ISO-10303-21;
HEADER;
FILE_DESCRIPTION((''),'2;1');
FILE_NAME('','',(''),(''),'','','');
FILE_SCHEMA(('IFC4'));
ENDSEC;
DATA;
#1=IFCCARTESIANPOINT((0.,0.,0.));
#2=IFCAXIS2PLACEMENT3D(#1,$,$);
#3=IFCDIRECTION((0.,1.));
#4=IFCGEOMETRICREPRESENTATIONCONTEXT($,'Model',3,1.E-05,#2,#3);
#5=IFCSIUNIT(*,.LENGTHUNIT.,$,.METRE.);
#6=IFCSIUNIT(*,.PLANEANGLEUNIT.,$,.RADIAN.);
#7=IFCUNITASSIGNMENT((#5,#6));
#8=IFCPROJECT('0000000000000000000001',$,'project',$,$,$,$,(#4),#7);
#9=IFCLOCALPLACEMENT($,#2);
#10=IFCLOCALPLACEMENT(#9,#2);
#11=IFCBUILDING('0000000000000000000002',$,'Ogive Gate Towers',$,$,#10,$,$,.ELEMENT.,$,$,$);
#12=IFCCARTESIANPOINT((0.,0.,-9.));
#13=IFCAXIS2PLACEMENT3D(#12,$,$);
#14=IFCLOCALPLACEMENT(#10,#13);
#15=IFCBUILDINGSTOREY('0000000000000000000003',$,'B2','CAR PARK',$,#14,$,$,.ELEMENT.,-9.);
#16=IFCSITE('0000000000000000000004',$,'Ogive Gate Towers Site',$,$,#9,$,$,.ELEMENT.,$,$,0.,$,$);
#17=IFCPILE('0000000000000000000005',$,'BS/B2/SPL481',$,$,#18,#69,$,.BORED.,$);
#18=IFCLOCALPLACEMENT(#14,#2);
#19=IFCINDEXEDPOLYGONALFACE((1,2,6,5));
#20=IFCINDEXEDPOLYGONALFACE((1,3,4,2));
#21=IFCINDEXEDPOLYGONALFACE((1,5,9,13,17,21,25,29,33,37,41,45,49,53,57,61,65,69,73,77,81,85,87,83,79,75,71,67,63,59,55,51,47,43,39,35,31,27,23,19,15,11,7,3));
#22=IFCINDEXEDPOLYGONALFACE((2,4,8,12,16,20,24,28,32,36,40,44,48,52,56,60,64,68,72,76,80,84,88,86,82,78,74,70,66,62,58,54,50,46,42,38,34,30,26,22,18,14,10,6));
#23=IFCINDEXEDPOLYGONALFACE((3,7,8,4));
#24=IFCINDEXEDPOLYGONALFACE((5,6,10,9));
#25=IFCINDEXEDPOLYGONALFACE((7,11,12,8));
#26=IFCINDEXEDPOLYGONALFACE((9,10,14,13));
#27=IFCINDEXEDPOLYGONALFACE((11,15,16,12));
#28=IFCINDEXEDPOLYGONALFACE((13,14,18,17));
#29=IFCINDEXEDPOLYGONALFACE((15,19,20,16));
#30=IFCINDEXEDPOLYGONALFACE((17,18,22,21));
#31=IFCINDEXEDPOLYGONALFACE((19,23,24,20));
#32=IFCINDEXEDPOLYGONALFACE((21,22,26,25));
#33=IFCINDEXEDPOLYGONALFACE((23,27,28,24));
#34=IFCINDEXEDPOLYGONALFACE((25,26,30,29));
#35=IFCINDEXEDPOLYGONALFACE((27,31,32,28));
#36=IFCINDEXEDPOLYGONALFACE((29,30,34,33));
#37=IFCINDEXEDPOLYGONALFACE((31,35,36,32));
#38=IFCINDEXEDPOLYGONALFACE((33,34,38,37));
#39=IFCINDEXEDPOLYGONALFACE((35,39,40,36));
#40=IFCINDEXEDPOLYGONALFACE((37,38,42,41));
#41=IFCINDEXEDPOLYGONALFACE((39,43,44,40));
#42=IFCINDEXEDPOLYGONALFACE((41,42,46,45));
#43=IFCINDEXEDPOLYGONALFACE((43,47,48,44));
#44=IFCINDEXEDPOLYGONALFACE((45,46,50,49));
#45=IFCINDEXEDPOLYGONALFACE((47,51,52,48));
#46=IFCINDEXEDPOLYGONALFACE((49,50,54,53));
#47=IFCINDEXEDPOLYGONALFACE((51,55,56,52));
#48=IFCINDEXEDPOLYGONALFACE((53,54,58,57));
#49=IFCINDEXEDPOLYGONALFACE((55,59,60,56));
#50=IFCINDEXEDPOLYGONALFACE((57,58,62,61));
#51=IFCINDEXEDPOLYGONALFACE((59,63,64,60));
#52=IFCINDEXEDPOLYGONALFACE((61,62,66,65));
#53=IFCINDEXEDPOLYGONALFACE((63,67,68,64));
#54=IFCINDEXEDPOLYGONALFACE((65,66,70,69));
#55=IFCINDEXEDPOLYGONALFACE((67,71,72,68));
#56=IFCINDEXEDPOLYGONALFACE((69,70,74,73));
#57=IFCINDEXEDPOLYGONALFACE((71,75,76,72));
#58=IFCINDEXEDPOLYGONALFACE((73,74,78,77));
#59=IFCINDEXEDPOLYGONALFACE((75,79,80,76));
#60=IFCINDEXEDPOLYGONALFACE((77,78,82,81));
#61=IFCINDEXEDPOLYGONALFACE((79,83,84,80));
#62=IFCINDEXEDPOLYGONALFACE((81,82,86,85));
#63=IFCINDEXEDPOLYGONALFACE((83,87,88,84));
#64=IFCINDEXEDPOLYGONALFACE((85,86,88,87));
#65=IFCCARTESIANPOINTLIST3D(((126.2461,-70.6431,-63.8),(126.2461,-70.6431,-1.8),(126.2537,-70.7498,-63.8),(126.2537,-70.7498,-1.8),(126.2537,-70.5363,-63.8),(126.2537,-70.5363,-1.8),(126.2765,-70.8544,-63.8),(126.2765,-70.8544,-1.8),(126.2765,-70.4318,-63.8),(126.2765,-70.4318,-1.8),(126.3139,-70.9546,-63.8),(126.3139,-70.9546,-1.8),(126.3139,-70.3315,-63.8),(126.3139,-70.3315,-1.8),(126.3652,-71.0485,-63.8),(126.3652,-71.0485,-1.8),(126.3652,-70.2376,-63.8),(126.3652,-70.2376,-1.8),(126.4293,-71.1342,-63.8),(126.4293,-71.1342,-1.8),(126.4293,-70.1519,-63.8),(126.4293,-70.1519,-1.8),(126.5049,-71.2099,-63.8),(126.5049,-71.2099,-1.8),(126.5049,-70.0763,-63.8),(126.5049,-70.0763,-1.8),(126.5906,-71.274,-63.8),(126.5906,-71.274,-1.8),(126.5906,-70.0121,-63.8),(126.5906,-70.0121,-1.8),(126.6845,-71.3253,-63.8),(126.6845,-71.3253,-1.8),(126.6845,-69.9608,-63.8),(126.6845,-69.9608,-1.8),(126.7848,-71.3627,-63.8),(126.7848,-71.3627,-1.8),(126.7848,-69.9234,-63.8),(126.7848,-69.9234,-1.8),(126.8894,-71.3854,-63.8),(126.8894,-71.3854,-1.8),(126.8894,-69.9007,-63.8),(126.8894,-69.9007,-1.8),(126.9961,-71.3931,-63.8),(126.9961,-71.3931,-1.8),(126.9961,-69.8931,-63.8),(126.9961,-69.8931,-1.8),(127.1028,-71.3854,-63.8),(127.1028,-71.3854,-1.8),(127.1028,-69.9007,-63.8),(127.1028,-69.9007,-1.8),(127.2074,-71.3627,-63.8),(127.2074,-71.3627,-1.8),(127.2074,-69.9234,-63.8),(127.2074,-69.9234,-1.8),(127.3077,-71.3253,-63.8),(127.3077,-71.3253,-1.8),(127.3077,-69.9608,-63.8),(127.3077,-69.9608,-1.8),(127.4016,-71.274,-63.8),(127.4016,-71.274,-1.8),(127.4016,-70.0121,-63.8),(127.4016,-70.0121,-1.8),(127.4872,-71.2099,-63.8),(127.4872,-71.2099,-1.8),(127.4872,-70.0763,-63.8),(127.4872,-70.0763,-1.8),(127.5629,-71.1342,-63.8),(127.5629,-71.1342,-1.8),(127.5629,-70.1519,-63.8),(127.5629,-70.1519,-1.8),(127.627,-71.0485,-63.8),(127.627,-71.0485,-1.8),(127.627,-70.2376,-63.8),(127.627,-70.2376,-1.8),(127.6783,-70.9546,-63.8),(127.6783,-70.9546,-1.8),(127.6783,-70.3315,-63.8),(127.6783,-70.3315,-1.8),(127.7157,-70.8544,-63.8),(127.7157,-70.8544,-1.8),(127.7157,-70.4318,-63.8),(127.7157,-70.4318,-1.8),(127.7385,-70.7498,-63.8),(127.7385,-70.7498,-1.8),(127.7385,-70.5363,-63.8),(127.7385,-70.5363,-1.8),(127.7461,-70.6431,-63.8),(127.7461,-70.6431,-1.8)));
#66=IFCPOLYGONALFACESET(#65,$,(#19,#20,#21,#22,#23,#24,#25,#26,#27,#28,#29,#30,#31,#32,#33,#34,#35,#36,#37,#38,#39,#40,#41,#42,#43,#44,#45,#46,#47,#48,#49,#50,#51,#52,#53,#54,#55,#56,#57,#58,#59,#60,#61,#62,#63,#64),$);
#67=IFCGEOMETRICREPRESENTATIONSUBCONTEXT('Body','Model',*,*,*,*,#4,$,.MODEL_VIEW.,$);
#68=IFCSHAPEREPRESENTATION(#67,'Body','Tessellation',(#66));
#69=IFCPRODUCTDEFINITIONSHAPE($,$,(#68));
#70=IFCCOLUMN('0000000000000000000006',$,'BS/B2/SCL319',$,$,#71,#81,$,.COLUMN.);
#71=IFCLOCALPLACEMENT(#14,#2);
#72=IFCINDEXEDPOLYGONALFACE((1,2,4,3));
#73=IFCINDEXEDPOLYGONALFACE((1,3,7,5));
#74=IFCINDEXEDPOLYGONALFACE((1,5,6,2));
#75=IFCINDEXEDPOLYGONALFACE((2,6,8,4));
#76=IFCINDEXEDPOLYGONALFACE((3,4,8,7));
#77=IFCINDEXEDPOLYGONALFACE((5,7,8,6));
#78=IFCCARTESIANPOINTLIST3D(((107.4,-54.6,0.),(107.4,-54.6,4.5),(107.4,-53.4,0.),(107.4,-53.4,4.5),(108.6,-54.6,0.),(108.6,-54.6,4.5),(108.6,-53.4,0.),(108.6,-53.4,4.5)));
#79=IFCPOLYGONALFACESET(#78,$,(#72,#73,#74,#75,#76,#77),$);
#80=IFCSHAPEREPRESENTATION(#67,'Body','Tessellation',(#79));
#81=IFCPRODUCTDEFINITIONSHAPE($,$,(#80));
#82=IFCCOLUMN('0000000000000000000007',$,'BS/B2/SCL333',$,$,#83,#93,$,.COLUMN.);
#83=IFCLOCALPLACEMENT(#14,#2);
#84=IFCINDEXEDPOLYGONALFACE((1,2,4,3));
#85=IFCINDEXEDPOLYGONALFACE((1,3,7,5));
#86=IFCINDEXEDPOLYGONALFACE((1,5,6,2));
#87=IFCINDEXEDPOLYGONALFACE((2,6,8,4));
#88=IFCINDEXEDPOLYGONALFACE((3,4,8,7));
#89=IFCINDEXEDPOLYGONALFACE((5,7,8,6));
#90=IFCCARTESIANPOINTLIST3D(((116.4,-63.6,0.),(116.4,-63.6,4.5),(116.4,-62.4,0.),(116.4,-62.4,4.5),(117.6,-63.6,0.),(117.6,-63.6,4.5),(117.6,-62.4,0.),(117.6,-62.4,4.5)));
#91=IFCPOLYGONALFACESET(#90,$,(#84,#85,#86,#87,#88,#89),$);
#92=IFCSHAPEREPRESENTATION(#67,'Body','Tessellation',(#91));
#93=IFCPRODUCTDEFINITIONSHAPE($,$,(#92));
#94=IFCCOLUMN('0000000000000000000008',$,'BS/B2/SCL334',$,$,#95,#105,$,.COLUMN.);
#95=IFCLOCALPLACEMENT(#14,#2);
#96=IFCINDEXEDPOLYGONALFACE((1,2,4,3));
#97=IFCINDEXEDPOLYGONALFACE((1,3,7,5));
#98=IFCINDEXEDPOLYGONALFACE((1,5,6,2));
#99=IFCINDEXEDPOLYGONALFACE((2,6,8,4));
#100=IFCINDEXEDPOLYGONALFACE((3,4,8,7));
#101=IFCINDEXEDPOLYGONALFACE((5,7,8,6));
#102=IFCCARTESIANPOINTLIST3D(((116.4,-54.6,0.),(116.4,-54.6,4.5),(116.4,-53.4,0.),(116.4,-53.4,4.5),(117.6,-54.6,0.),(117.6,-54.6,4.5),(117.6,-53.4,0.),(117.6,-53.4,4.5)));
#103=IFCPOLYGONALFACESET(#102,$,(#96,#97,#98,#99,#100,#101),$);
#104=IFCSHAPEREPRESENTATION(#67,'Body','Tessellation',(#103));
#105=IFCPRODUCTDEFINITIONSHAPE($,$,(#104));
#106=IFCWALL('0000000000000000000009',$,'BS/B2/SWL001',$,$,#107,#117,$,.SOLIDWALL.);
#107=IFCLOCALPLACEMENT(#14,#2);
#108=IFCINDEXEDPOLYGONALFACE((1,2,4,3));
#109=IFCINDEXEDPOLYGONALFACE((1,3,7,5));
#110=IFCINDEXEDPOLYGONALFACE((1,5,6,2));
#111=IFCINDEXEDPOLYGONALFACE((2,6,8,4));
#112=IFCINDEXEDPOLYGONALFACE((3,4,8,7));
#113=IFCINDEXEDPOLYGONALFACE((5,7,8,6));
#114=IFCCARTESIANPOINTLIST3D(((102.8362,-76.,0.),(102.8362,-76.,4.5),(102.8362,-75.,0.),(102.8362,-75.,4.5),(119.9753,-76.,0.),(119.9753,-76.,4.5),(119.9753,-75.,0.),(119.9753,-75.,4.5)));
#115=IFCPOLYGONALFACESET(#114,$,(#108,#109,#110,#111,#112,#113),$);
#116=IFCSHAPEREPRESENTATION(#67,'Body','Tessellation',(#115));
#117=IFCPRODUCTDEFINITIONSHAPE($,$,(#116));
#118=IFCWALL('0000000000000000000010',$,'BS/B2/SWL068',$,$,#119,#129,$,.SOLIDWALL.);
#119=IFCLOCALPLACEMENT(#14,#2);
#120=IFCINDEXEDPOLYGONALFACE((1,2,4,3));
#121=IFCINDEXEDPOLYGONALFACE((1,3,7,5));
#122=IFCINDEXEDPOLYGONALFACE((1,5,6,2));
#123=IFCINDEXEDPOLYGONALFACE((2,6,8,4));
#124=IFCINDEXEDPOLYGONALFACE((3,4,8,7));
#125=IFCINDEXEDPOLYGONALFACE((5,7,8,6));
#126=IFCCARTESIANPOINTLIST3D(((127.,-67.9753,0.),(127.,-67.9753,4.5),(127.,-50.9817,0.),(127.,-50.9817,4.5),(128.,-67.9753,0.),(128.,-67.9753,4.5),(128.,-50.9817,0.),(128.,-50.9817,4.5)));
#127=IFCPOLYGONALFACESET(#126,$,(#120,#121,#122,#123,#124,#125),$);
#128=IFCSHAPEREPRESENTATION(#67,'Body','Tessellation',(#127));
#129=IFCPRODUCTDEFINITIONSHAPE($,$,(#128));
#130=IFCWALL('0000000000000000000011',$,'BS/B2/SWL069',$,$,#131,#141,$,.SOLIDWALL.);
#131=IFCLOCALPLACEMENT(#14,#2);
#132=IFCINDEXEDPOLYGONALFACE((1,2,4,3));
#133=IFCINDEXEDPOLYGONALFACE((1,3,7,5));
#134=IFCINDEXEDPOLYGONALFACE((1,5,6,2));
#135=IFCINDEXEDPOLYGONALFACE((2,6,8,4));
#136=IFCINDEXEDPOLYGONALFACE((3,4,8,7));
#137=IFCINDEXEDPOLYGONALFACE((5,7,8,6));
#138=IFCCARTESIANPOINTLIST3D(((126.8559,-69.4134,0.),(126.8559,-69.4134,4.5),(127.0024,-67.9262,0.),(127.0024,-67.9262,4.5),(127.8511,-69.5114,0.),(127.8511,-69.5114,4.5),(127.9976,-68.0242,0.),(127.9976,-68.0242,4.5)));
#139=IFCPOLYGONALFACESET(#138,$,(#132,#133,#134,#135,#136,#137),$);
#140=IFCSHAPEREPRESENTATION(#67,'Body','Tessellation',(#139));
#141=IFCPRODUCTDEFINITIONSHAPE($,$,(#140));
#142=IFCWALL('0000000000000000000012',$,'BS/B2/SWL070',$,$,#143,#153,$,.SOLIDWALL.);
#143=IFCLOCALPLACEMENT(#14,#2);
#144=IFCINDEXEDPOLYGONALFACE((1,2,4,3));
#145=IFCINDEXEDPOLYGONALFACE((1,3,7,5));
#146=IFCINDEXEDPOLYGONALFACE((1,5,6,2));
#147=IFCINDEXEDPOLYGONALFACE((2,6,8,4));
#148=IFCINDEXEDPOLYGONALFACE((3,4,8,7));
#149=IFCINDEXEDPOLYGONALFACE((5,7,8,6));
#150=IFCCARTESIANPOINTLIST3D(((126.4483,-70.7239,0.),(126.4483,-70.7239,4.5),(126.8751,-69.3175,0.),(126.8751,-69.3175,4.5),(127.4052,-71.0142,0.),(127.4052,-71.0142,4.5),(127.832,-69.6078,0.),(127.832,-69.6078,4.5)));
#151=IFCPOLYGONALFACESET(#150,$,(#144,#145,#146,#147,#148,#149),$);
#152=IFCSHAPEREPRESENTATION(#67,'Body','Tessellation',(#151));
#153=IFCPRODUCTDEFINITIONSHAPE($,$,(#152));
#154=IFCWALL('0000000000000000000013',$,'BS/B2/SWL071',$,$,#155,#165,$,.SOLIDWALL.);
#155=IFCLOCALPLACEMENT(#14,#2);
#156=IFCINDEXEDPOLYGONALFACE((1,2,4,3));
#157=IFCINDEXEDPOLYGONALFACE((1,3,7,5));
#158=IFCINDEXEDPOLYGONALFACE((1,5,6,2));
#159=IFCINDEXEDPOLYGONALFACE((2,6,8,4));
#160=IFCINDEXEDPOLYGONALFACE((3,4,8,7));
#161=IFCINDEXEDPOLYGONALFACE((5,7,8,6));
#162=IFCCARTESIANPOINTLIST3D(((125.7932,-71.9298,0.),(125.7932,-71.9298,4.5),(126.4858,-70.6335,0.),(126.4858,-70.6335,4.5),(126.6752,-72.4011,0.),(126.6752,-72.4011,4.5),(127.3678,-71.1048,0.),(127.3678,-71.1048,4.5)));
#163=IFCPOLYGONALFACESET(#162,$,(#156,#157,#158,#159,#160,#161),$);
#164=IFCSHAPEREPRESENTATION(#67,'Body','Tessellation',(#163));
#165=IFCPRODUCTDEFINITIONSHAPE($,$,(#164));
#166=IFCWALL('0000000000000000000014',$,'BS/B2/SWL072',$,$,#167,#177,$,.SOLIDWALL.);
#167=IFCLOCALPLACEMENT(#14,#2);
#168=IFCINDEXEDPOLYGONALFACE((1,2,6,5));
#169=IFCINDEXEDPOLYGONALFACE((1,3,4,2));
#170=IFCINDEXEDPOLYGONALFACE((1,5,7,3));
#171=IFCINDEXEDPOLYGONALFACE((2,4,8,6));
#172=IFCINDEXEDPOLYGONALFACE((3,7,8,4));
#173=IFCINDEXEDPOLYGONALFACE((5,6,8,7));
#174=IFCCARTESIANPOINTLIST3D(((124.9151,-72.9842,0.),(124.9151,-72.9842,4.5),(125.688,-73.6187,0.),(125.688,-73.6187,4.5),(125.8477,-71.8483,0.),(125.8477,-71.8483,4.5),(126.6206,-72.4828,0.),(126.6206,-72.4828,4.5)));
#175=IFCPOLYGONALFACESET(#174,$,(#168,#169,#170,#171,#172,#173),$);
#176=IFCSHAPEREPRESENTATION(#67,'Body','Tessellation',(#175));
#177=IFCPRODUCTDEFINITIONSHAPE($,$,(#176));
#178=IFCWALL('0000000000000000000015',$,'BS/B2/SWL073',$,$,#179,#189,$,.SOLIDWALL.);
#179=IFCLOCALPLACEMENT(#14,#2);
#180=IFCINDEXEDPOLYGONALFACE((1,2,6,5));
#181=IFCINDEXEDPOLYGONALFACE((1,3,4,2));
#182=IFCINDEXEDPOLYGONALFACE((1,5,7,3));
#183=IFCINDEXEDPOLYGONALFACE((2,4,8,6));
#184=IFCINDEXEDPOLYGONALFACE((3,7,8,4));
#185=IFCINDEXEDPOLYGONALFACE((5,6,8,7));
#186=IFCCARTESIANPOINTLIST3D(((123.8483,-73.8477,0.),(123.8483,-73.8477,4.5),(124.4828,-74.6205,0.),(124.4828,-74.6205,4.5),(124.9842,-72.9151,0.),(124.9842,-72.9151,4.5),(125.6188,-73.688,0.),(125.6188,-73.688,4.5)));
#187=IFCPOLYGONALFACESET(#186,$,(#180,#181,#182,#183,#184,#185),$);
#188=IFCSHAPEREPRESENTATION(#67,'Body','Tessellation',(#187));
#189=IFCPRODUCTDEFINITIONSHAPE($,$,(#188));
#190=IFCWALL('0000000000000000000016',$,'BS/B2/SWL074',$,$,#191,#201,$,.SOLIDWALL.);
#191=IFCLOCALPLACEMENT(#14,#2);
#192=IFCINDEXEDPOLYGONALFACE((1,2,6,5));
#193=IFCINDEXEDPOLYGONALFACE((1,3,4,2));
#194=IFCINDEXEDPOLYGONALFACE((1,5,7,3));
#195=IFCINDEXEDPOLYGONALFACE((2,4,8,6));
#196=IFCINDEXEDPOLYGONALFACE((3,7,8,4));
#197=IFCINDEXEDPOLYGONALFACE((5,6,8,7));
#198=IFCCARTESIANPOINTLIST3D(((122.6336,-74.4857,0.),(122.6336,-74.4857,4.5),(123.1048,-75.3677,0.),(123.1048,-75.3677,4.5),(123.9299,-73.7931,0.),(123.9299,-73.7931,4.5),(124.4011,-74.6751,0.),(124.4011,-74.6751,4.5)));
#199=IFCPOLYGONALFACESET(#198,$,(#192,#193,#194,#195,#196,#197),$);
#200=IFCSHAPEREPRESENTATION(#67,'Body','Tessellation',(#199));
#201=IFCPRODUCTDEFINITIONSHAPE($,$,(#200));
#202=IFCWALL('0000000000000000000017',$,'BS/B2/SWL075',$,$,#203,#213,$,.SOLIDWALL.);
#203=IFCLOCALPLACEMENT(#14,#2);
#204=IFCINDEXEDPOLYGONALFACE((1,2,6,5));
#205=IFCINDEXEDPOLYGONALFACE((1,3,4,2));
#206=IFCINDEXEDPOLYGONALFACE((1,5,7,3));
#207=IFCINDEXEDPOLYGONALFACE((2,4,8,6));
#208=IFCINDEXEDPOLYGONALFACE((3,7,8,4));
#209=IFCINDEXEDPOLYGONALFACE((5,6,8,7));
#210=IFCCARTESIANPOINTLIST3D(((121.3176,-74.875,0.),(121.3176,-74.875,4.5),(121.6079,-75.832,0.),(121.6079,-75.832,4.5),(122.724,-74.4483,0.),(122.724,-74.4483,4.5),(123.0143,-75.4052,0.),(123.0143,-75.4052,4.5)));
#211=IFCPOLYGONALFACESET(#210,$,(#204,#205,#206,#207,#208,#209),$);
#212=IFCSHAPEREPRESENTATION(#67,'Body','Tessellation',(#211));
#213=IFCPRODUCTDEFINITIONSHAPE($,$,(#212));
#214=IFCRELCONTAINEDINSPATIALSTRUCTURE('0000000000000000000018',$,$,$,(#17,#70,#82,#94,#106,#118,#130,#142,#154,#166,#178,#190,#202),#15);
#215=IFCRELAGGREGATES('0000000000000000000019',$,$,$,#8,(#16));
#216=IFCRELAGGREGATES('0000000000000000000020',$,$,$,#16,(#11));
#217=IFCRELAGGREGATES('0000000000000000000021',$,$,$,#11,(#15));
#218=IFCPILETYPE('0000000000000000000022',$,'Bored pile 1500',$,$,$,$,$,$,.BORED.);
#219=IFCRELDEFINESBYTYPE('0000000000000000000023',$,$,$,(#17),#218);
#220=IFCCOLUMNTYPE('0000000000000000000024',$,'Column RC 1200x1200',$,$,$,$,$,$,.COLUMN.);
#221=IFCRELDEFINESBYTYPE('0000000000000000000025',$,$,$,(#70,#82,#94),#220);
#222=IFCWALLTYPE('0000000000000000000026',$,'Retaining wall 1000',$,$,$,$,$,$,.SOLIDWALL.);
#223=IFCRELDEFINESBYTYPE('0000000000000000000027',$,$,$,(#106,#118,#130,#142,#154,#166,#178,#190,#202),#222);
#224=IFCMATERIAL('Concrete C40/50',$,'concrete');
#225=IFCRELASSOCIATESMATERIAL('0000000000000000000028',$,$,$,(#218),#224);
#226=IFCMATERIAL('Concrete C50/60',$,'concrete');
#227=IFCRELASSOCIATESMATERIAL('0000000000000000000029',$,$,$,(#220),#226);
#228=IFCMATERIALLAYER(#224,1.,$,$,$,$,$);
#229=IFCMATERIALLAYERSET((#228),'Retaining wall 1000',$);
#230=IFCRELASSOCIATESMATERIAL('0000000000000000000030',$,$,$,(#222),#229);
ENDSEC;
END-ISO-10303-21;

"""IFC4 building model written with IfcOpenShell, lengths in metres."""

from ifc_helpers import new_model, si_unit, direction, frame, frame_2d, origin, origin_2d, place, context, subcontext, project, spatial, rectangle, circle, extrude, material, layer, layer_set, material_profile, profile_set, type_object, element, save


model = new_model("IFC4")

# Units and contexts
model_context = context("Model", 3, precision=1e-05, world=origin(), true_north=direction((0.0, 1.0)))
body_context = subcontext(model_context, "Body", "Model", "MODEL_VIEW")
ifc_project = project(units=[si_unit("LENGTHUNIT", "METRE"), si_unit("PLANEANGLEUNIT", "RADIAN")], contexts=[model_context])

# Site, building, storey
site_placement = place(None, origin())
site = spatial("IfcSite", under=ifc_project, at=site_placement, Name="Ogive Gate Towers Site", CompositionType="ELEMENT", RefElevation=0.0)
building_placement = place(site_placement, origin())
building = spatial("IfcBuilding", under=site, at=building_placement, Name="Ogive Gate Towers", CompositionType="ELEMENT")
storey_placement = place(building_placement, frame((0.0, 0.0, -9.0)))
storey = spatial("IfcBuildingStorey", under=building, at=storey_placement, Name="B2", Description="CAR PARK", CompositionType="ELEMENT", Elevation=-9.0)

# Pile
ifc_material_1 = material(Name="Concrete C40/50", Category="concrete")
ifc_material_profile_1 = material_profile(ifc_material_1, circle(Radius=0.75, at=origin_2d()), Name="BP 1500")
ifc_profile_set_1 = profile_set([ifc_material_profile_1], Name="Concrete C40/50")
pile_type = type_object("IfcPileType", Name="Bored pile 1500", PredefinedType="BORED", material=ifc_profile_set_1)
for number, where, z_axis, x_axis, name in (
    (1, (126.9961, -70.6431, -1.8), (0.0, 0.0, -1.0), (1.0, 0.0, 0.0), "BS/B2/SPL481"),
):
    element("IfcPile", number, at=place(storey_placement, frame(where, z_axis=z_axis, x_axis=x_axis)), inside=storey, type_object=pile_type, Name=name, PredefinedType="BORED", context=body_context, shape_type="SweptSolid", body=[
        extrude(circle(Radius=0.75, at=origin_2d()), origin(), (0.0, 0.0, 1.0), 62.0),
    ])

# Columns
ifc_material_2 = material(Name="Concrete C50/60", Category="concrete")
ifc_material_profile_2 = material_profile(ifc_material_2, rectangle(XDim=1.2, YDim=1.2, at=origin_2d()), Name="RC 1200x1200")
ifc_profile_set_2 = profile_set([ifc_material_profile_2], Name="Concrete C50/60")
column_type = type_object("IfcColumnType", Name="Column RC 1200x1200", PredefinedType="COLUMN", material=ifc_profile_set_2)
for number, where, z_axis, x_axis, name in (
    (2, (108.0, -54.0, 0.0), (0.0, 0.0, 1.0), (1.0, 0.0, 0.0), "BS/B2/SCL319"),
    (3, (117.0, -63.0, 0.0), (0.0, 0.0, 1.0), (1.0, 0.0, 0.0), "BS/B2/SCL333"),
    (4, (117.0, -54.0, 0.0), (0.0, 0.0, 1.0), (1.0, 0.0, 0.0), "BS/B2/SCL334"),
):
    element("IfcColumn", number, at=place(storey_placement, frame(where, z_axis=z_axis, x_axis=x_axis)), inside=storey, type_object=column_type, Name=name, PredefinedType="COLUMN", context=body_context, shape_type="SweptSolid", body=[
        extrude(rectangle(XDim=1.2, YDim=1.2, at=origin_2d()), origin(), (0.0, 0.0, 1.0), 4.5),
    ])

# Walls
ifc_layer = layer(ifc_material_1, 1.0)
ifc_layer_set = layer_set([ifc_layer], Name="Retaining wall 1000")
wall_type = type_object("IfcWallType", Name="Retaining wall 1000", PredefinedType="SOLIDWALL", material=ifc_layer_set)
wall_1_placement = place(storey_placement, frame((119.9753, -75.5, 0.0), z_axis=(0.0, 0.0, 1.0), x_axis=(-1.0, 0.0, 0.0)))
element("IfcWall", 5, at=wall_1_placement, inside=storey, type_object=wall_type, Name="BS/B2/SWL001", PredefinedType="SOLIDWALL", context=body_context, shape_type="SweptSolid", body=[
    extrude(rectangle(XDim=17.1392, YDim=1.0, at=frame_2d((8.5696, 0.0))), origin(), (0.0, 0.0, 1.0), 4.5),
])
wall_2_placement = place(storey_placement, frame((127.5, -50.9817, 0.0), z_axis=(0.0, 0.0, 1.0), x_axis=(0.0, -1.0, 0.0)))
element("IfcWall", 6, at=wall_2_placement, inside=storey, type_object=wall_type, Name="BS/B2/SWL068", PredefinedType="SOLIDWALL", context=body_context, shape_type="SweptSolid", body=[
    extrude(rectangle(XDim=16.9937, YDim=1.0, at=frame_2d((8.4968, 0.0))), origin(), (0.0, 0.0, 1.0), 4.5),
])
wall_3_placement = place(storey_placement, frame((127.5, -67.9753, 0.0), z_axis=(0.0, 0.0, 1.0), x_axis=(-0.098016, -0.995185, 0.0)))
element("IfcWall", 7, at=wall_3_placement, inside=storey, type_object=wall_type, Name="BS/B2/SWL069", PredefinedType="SOLIDWALL", context=body_context, shape_type="SweptSolid", body=[
    extrude(rectangle(XDim=1.4944, YDim=1.0, at=frame_2d((0.7471, 0.0))), origin(), (0.0, 0.0, 1.0), 4.5),
])
for number, where, z_axis, x_axis, name in (
    (8, (127.3535, -69.4626, 0.0), (0.0, 0.0, 1.0), (-0.290349, -0.956921, 0.0), "BS/B2/SWL070"),
    (9, (126.9268, -70.8691, 0.0), (0.0, 0.0, 1.0), (-0.471235, -0.882008, 0.0), "BS/B2/SWL071"),
    (10, (126.2341, -72.1655, 0.0), (0.0, 0.0, 1.0), (-0.63453, -0.772898, 0.0), "BS/B2/SWL072"),
    (11, (125.3015, -73.3015, 0.0), (0.0, 0.0, 1.0), (-0.772898, -0.63453, 0.0), "BS/B2/SWL073"),
    (12, (124.1655, -74.2341, 0.0), (0.0, 0.0, 1.0), (-0.882008, -0.471235, 0.0), "BS/B2/SWL074"),
    (13, (122.8691, -74.9268, 0.0), (0.0, 0.0, 1.0), (-0.956921, -0.290349, 0.0), "BS/B2/SWL075"),
):
    element("IfcWall", number, at=place(storey_placement, frame(where, z_axis=z_axis, x_axis=x_axis)), inside=storey, type_object=wall_type, Name=name, PredefinedType="SOLIDWALL", context=body_context, shape_type="SweptSolid", body=[
        extrude(rectangle(XDim=1.4697, YDim=1.0, at=frame_2d((0.7349, 0.0))), origin(), (0.0, 0.0, 1.0), 4.5),
    ])

save(model, "model.ifc")
